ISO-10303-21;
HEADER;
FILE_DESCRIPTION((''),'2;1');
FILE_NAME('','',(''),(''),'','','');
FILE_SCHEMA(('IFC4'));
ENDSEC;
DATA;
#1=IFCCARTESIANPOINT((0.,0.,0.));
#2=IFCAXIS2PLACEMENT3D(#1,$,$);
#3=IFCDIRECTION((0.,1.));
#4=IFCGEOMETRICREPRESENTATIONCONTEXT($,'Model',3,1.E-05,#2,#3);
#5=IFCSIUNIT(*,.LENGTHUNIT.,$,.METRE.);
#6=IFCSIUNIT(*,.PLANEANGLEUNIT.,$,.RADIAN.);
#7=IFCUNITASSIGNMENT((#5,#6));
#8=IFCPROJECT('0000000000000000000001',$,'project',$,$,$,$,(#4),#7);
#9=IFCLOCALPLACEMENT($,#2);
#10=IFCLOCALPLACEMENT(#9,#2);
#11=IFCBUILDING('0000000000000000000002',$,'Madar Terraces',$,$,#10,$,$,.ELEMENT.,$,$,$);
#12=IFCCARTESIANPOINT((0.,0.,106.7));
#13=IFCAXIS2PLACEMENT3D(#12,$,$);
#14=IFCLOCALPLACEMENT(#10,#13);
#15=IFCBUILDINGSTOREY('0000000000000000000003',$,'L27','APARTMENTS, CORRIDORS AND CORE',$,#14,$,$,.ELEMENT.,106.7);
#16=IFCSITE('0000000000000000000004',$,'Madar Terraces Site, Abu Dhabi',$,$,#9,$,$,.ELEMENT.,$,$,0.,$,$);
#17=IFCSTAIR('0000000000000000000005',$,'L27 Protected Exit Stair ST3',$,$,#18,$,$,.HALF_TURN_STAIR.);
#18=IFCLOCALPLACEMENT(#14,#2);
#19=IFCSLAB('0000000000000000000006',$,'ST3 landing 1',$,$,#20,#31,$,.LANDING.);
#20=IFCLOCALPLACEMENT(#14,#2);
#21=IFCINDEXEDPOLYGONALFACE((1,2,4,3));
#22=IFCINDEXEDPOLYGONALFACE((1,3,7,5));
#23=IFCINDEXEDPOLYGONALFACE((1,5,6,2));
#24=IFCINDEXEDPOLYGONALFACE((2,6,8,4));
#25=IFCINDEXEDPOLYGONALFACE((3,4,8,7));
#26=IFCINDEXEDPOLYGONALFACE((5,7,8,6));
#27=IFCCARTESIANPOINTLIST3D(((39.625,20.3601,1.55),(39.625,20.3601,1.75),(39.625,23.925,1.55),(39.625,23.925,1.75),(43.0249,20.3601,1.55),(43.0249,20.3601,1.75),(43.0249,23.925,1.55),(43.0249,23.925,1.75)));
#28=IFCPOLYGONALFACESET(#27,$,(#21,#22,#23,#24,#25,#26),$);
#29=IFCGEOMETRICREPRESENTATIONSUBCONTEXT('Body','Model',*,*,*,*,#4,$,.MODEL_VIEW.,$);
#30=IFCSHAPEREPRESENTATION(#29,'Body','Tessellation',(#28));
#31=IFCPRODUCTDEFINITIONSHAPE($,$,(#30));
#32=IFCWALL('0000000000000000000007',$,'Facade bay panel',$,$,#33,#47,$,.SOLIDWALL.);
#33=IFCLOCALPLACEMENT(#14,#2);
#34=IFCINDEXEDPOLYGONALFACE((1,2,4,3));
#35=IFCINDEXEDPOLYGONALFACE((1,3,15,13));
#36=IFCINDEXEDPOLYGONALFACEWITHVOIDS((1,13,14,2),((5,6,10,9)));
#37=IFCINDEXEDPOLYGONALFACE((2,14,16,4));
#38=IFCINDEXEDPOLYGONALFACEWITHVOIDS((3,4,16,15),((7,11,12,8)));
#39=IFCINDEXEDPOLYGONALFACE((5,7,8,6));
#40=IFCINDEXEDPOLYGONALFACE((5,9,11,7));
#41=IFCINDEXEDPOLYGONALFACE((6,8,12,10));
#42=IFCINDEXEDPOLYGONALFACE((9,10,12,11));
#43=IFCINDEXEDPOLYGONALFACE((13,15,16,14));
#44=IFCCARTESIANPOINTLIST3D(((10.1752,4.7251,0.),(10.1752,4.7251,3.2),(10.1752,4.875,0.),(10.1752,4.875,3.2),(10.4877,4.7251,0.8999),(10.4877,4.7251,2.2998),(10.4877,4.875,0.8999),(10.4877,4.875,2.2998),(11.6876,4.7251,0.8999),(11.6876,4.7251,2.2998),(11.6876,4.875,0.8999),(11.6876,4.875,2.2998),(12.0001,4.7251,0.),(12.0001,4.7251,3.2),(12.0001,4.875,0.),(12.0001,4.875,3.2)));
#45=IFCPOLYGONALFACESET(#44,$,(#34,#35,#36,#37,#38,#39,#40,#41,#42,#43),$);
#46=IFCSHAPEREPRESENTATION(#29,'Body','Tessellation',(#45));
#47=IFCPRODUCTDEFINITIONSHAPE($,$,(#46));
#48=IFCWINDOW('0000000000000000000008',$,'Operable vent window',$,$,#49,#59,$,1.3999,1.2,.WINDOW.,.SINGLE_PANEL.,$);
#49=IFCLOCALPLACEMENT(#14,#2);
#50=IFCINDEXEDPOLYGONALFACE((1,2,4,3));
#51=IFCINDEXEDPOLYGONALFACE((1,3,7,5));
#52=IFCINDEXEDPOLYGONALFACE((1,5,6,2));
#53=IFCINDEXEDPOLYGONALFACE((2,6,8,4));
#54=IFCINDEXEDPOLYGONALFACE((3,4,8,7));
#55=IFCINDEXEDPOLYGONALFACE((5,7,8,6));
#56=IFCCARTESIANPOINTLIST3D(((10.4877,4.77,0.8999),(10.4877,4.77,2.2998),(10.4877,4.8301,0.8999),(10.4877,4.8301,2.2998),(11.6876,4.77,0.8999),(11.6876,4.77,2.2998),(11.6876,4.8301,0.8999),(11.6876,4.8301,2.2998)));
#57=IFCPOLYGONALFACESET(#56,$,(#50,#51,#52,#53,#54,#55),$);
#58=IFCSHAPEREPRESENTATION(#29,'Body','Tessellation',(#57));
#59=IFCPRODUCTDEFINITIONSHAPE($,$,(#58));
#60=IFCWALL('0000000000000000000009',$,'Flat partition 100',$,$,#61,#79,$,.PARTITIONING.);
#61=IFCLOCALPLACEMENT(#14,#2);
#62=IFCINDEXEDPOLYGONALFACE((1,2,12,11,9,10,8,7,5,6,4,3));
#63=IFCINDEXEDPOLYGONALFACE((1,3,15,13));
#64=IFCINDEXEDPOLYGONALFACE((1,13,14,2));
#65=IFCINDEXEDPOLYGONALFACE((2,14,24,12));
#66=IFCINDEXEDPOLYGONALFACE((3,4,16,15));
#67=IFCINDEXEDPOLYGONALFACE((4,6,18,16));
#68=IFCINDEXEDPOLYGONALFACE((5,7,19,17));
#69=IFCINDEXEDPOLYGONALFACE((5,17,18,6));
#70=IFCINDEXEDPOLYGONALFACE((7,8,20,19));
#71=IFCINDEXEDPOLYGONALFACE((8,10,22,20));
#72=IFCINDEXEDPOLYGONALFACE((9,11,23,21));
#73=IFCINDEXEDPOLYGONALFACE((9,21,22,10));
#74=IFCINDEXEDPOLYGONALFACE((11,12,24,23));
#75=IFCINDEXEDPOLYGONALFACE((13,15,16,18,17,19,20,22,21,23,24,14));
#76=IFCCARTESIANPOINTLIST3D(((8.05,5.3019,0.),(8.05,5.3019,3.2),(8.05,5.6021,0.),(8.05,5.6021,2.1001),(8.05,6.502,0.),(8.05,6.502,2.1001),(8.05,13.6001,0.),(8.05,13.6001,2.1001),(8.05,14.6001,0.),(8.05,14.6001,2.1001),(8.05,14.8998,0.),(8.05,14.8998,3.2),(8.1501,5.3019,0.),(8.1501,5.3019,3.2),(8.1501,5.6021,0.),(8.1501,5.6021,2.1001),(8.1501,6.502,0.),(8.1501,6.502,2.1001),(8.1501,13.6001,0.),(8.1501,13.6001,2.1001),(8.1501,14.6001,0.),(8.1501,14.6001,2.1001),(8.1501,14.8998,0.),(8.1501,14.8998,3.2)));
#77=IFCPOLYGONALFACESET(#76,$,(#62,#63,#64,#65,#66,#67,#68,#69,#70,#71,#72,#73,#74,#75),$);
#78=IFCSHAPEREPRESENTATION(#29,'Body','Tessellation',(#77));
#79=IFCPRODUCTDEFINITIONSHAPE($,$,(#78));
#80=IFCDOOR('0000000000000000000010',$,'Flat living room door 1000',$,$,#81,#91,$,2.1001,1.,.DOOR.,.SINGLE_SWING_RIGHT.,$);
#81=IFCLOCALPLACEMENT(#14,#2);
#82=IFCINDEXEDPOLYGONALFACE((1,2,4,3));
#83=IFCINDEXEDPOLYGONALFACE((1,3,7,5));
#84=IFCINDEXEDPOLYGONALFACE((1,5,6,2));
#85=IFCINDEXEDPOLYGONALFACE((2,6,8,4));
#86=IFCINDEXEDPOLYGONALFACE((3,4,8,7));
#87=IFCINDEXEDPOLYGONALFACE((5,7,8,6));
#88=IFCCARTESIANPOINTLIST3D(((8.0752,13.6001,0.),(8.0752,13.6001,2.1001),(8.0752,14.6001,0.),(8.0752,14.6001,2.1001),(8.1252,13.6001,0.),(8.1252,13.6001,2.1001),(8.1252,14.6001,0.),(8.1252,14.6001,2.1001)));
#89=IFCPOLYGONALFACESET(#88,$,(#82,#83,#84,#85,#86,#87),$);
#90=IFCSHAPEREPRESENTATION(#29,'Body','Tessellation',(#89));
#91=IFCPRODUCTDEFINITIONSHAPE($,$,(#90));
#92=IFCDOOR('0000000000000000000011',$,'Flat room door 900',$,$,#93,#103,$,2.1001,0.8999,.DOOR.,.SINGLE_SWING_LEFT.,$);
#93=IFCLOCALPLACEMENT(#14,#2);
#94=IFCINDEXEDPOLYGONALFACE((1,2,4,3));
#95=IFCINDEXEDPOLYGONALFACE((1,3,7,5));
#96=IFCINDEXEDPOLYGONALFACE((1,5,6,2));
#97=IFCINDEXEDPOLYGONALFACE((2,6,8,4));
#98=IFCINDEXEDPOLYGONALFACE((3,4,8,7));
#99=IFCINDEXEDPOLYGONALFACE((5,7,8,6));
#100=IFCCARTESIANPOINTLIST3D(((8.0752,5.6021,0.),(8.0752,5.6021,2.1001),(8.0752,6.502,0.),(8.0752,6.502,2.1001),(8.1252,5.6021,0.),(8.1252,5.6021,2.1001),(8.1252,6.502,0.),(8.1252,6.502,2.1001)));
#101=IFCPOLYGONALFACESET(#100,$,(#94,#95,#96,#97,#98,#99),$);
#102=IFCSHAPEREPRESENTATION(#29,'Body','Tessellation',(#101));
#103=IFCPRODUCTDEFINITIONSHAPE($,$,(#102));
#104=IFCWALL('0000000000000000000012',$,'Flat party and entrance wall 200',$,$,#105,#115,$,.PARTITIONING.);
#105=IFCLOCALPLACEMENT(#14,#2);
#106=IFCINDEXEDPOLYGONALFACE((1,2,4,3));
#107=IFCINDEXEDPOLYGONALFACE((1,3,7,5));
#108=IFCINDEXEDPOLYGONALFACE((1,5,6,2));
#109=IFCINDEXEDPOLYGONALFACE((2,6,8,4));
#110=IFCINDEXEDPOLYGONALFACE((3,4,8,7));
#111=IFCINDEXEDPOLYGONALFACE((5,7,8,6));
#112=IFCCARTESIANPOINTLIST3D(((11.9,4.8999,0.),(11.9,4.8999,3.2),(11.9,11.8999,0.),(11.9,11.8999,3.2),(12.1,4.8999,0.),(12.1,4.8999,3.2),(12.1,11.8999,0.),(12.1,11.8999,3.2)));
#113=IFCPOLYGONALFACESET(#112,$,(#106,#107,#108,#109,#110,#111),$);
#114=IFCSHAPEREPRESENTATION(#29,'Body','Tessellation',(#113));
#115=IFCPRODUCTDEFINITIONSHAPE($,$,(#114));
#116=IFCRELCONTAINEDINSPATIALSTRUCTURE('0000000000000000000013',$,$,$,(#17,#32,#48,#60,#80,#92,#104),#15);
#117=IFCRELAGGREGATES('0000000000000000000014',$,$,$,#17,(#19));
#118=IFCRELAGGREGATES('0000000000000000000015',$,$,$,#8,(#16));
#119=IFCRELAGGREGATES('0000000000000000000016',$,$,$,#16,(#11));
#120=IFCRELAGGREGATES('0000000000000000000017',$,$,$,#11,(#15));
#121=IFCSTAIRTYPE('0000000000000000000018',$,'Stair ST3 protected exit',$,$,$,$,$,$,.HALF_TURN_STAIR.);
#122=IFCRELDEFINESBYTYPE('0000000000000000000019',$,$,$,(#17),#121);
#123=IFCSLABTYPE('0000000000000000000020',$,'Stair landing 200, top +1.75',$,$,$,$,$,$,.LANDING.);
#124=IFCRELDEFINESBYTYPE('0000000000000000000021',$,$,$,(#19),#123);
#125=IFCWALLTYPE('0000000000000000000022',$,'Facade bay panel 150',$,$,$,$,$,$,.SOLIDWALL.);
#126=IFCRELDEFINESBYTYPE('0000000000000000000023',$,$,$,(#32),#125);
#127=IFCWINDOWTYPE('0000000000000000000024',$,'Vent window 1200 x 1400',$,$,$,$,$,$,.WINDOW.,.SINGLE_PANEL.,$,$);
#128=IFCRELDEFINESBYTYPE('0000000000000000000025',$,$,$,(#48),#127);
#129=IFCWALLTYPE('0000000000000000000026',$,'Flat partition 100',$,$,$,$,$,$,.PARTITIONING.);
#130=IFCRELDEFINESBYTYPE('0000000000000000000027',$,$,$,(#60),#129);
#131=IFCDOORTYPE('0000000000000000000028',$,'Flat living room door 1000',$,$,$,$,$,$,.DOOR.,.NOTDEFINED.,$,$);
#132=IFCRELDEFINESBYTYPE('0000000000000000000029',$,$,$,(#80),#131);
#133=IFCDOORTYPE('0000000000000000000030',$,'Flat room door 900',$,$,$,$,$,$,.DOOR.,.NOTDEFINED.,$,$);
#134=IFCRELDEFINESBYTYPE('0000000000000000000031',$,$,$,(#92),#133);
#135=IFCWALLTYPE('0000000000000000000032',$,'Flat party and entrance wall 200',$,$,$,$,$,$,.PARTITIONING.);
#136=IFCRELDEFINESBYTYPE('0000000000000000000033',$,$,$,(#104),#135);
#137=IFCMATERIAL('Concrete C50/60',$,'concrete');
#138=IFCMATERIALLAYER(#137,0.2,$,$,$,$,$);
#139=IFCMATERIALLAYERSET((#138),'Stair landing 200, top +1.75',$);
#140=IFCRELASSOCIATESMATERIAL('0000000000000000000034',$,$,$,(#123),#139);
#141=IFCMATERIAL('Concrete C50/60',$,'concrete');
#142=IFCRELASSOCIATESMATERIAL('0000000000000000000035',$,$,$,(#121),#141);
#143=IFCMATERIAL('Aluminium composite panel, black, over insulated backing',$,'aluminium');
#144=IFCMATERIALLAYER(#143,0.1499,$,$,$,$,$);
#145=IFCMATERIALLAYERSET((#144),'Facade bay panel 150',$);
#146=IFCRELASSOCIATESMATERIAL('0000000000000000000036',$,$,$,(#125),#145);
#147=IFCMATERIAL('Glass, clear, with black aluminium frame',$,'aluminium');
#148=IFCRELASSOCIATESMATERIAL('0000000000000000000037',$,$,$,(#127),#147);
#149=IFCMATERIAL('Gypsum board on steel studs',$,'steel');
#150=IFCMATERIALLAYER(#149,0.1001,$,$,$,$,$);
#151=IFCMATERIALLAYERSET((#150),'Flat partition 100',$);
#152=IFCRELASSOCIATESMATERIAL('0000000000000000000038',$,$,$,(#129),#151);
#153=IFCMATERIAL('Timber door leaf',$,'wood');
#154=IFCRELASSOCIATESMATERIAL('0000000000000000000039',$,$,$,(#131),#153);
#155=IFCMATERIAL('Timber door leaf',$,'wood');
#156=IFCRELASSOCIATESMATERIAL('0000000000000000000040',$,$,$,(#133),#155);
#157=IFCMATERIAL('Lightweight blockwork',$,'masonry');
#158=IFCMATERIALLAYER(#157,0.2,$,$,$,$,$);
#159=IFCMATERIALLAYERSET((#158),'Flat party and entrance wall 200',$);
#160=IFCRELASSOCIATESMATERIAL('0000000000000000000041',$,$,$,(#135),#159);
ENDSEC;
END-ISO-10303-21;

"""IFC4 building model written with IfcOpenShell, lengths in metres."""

from ifc_helpers import new_model, si_unit, direction, frame, frame_2d, origin, place, context, subcontext, project, spatial, polyline, rectangle, outline, extrude, material, layer, layer_set, type_object, element, fill, aggregate, save


model = new_model("IFC4")

# Units and contexts
model_context = context("Model", 3, precision=1e-05, world=origin(), true_north=direction((0.0, 1.0)))
body_context = subcontext(model_context, "Body", "Model", "MODEL_VIEW")
ifc_project = project(units=[si_unit("LENGTHUNIT", "METRE"), si_unit("PLANEANGLEUNIT", "RADIAN")], contexts=[model_context])

# Site, building, storey
site_placement = place(None, origin())
site = spatial("IfcSite", under=ifc_project, at=site_placement, Name="Madar Terraces Site, Abu Dhabi", CompositionType="ELEMENT", RefElevation=0.0)
building_placement = place(site_placement, origin())
building = spatial("IfcBuilding", under=site, at=building_placement, Name="Madar Terraces", CompositionType="ELEMENT")
storey_placement = place(building_placement, frame((0.0, 0.0, 106.7)))
storey = spatial("IfcBuildingStorey", under=building, at=storey_placement, Name="L27", Description="APARTMENTS, CORRIDORS AND CORE", CompositionType="ELEMENT", Elevation=106.7)

# Stair, slab
ifc_material_1 = material(Name="Concrete C50/60", Category="concrete")
ifc_layer_1 = layer(ifc_material_1, 0.2)
ifc_layer_set_1 = layer_set([ifc_layer_1], Name="Stair landing 200, top +1.75")
slab_type_1 = type_object("IfcSlabType", Name="Stair landing 200, top +1.75", PredefinedType="LANDING", material=ifc_layer_set_1)
ifc_material_2 = material(Name="Concrete C50/60", Category="concrete")
stair_type_1 = type_object("IfcStairType", Name="Stair ST3 protected exit", PredefinedType="HALF_TURN_STAIR", material=ifc_material_2)
stair_1_placement = place(storey_placement, origin())
stair_1 = element("IfcStair", 1, at=stair_1_placement, inside=storey, type_object=stair_type_1, Name="L27 Protected Exit Stair ST3", PredefinedType="HALF_TURN_STAIR")
slab_1_placement = place(storey_placement, frame((0.0, 0.0, 1.55)))
slab_1 = element("IfcSlab", 2, at=slab_1_placement, type_object=slab_type_1, Name="ST3 landing 1", PredefinedType="LANDING", context=body_context, shape_type="SweptSolid", body=[
    extrude(outline(polyline([(39.625, 20.3601), (43.0249, 20.3601), (43.0249, 23.925), (39.625, 23.925), (39.625, 20.3601)])), origin(), (0.0, 0.0, 1.0), 0.2),
])
aggregate(stair_1, [slab_1])

# Wall, opening, window
ifc_material_3 = material(Name="Aluminium composite panel, black, over insulated backing", Category="aluminium")
ifc_layer_2 = layer(ifc_material_3, 0.1499)
ifc_layer_set_2 = layer_set([ifc_layer_2], Name="Facade bay panel 150")
wall_type_1 = type_object("IfcWallType", Name="Facade bay panel 150", PredefinedType="SOLIDWALL", material=ifc_layer_set_2)
wall_1_placement = place(storey_placement, frame((10.175, 4.8, 0.0), z_axis=(0.0, 0.0, 1.0), x_axis=(1.0, 0.0, 0.0)))
wall_1 = element("IfcWall", 3, at=wall_1_placement, inside=storey, type_object=wall_type_1, Name="Facade bay panel", PredefinedType="SOLIDWALL", context=body_context, shape_type="SweptSolid", body=[
    extrude(rectangle(XDim=1.825, YDim=0.1499, at=frame_2d((0.9126, 0.0))), origin(), (0.0, 0.0, 1.0), 3.2),
])
opening_1_placement = place(wall_1_placement, frame((0.3125, 0.0, 0.8999)))
opening_1 = element("IfcOpeningElement", 4, at=opening_1_placement, cuts=wall_1, PredefinedType="OPENING", context=body_context, shape_type="SweptSolid", body=[
    extrude(rectangle(XDim=1.2, YDim=1.3999, at=frame_2d((0.6001, 0.7))), frame((0.0, 0.085, 0.0), z_axis=(0.0, -1.0, 0.0), x_axis=(1.0, 0.0, 0.0)), (0.0, 0.0, 1.0), 0.1699),
])
ifc_material_4 = material(Name="Glass, clear, with black aluminium frame", Category="aluminium")
window_type = type_object("IfcWindowType", Name="Vent window 1200 x 1400", PartitioningType="SINGLE_PANEL", PredefinedType="WINDOW", material=ifc_material_4)
window_placement = place(opening_1_placement, origin())
window = element("IfcWindow", 5, at=window_placement, inside=storey, type_object=window_type, Name="Operable vent window", OverallHeight=1.3999, OverallWidth=1.2, PartitioningType="SINGLE_PANEL", PredefinedType="WINDOW", context=body_context, shape_type="SweptSolid", body=[
    extrude(rectangle(XDim=1.2, YDim=1.3999, at=frame_2d((0.6001, 0.7))), frame((0.0, 0.03, 0.0), z_axis=(0.0, -1.0, 0.0), x_axis=(1.0, 0.0, 0.0)), (0.0, 0.0, 1.0), 0.0601),
])
fill(opening_1, window)

# Wall, openings, doors
ifc_material_5 = material(Name="Gypsum board on steel studs", Category="steel")
ifc_layer_3 = layer(ifc_material_5, 0.1001)
ifc_layer_set_3 = layer_set([ifc_layer_3], Name="Flat partition 100")
wall_type_2 = type_object("IfcWallType", Name="Flat partition 100", PredefinedType="PARTITIONING", material=ifc_layer_set_3)
wall_2_placement = place(storey_placement, frame((8.1001, 5.302, 0.0), z_axis=(0.0, 0.0, 1.0), x_axis=(0.0, 1.0, 0.0)))
wall_2 = element("IfcWall", 6, at=wall_2_placement, inside=storey, type_object=wall_type_2, Name="Flat partition 100", PredefinedType="PARTITIONING", context=body_context, shape_type="SweptSolid", body=[
    extrude(rectangle(XDim=9.5979, YDim=0.1001, at=frame_2d((4.7988, 0.0))), origin(), (0.0, 0.0, 1.0), 3.2),
])
opening_2_placement = place(wall_2_placement, frame((8.2981, 0.0, 0.0)))
opening_2 = element("IfcOpeningElement", 7, at=opening_2_placement, cuts=wall_2, PredefinedType="OPENING", context=body_context, shape_type="SweptSolid", body=[
    extrude(rectangle(XDim=1.0, YDim=2.1001, at=frame_2d((0.5, 1.05))), frame((0.0, 0.0601, 0.0), z_axis=(0.0, -1.0, 0.0), x_axis=(1.0, 0.0, 0.0)), (0.0, 0.0, 1.0), 0.1201),
])
opening_3_placement = place(wall_2_placement, frame((0.3, 0.0, 0.0)))
opening_3 = element("IfcOpeningElement", 8, at=opening_3_placement, cuts=wall_2, PredefinedType="OPENING", context=body_context, shape_type="SweptSolid", body=[
    extrude(rectangle(XDim=0.8999, YDim=2.1001, at=frame_2d((0.45, 1.05))), frame((0.0, 0.0601, 0.0), z_axis=(0.0, -1.0, 0.0), x_axis=(1.0, 0.0, 0.0)), (0.0, 0.0, 1.0), 0.1201),
])
ifc_material_6 = material(Name="Timber door leaf", Category="wood")
door_type_1 = type_object("IfcDoorType", Name="Flat living room door 1000", OperationType="NOTDEFINED", PredefinedType="DOOR", material=ifc_material_6)
door_1_placement = place(opening_2_placement, origin())
door_1 = element("IfcDoor", 9, at=door_1_placement, inside=storey, type_object=door_type_1, Name="Flat living room door 1000", OperationType="SINGLE_SWING_RIGHT", OverallHeight=2.1001, OverallWidth=1.0, PredefinedType="DOOR", context=body_context, shape_type="SweptSolid", body=[
    extrude(rectangle(XDim=1.0, YDim=2.1001, at=frame_2d((0.5, 1.05))), frame((0.0, 0.0249, 0.0), z_axis=(0.0, -1.0, 0.0), x_axis=(1.0, 0.0, 0.0)), (0.0, 0.0, 1.0), 0.05),
])
fill(opening_2, door_1)
ifc_material_7 = material(Name="Timber door leaf", Category="wood")
door_type_2 = type_object("IfcDoorType", Name="Flat room door 900", OperationType="NOTDEFINED", PredefinedType="DOOR", material=ifc_material_7)
door_2_placement = place(opening_3_placement, origin())
door_2 = element("IfcDoor", 10, at=door_2_placement, inside=storey, type_object=door_type_2, Name="Flat room door 900", OperationType="SINGLE_SWING_LEFT", OverallHeight=2.1001, OverallWidth=0.8999, PredefinedType="DOOR", context=body_context, shape_type="SweptSolid", body=[
    extrude(rectangle(XDim=0.8999, YDim=2.1001, at=frame_2d((0.45, 1.05))), frame((0.0, 0.0249, 0.0), z_axis=(0.0, -1.0, 0.0), x_axis=(1.0, 0.0, 0.0)), (0.0, 0.0, 1.0), 0.05),
])
fill(opening_3, door_2)

# Wall
ifc_material_8 = material(Name="Lightweight blockwork", Category="masonry")
ifc_layer_4 = layer(ifc_material_8, 0.2)
ifc_layer_set_4 = layer_set([ifc_layer_4], Name="Flat party and entrance wall 200")
wall_type_3 = type_object("IfcWallType", Name="Flat party and entrance wall 200", PredefinedType="PARTITIONING", material=ifc_layer_set_4)
wall_3_placement = place(storey_placement, frame((12.0, 4.8999, 0.0), z_axis=(0.0, 0.0, 1.0), x_axis=(0.0, 1.0, 0.0)))
element("IfcWall", 11, at=wall_3_placement, inside=storey, type_object=wall_type_3, Name="Flat party and entrance wall 200", PredefinedType="PARTITIONING", context=body_context, shape_type="SweptSolid", body=[
    extrude(rectangle(XDim=7.0, YDim=0.2, at=frame_2d((3.5, 0.0))), origin(), (0.0, 0.0, 1.0), 3.2),
])

save(model, "model.ifc")
